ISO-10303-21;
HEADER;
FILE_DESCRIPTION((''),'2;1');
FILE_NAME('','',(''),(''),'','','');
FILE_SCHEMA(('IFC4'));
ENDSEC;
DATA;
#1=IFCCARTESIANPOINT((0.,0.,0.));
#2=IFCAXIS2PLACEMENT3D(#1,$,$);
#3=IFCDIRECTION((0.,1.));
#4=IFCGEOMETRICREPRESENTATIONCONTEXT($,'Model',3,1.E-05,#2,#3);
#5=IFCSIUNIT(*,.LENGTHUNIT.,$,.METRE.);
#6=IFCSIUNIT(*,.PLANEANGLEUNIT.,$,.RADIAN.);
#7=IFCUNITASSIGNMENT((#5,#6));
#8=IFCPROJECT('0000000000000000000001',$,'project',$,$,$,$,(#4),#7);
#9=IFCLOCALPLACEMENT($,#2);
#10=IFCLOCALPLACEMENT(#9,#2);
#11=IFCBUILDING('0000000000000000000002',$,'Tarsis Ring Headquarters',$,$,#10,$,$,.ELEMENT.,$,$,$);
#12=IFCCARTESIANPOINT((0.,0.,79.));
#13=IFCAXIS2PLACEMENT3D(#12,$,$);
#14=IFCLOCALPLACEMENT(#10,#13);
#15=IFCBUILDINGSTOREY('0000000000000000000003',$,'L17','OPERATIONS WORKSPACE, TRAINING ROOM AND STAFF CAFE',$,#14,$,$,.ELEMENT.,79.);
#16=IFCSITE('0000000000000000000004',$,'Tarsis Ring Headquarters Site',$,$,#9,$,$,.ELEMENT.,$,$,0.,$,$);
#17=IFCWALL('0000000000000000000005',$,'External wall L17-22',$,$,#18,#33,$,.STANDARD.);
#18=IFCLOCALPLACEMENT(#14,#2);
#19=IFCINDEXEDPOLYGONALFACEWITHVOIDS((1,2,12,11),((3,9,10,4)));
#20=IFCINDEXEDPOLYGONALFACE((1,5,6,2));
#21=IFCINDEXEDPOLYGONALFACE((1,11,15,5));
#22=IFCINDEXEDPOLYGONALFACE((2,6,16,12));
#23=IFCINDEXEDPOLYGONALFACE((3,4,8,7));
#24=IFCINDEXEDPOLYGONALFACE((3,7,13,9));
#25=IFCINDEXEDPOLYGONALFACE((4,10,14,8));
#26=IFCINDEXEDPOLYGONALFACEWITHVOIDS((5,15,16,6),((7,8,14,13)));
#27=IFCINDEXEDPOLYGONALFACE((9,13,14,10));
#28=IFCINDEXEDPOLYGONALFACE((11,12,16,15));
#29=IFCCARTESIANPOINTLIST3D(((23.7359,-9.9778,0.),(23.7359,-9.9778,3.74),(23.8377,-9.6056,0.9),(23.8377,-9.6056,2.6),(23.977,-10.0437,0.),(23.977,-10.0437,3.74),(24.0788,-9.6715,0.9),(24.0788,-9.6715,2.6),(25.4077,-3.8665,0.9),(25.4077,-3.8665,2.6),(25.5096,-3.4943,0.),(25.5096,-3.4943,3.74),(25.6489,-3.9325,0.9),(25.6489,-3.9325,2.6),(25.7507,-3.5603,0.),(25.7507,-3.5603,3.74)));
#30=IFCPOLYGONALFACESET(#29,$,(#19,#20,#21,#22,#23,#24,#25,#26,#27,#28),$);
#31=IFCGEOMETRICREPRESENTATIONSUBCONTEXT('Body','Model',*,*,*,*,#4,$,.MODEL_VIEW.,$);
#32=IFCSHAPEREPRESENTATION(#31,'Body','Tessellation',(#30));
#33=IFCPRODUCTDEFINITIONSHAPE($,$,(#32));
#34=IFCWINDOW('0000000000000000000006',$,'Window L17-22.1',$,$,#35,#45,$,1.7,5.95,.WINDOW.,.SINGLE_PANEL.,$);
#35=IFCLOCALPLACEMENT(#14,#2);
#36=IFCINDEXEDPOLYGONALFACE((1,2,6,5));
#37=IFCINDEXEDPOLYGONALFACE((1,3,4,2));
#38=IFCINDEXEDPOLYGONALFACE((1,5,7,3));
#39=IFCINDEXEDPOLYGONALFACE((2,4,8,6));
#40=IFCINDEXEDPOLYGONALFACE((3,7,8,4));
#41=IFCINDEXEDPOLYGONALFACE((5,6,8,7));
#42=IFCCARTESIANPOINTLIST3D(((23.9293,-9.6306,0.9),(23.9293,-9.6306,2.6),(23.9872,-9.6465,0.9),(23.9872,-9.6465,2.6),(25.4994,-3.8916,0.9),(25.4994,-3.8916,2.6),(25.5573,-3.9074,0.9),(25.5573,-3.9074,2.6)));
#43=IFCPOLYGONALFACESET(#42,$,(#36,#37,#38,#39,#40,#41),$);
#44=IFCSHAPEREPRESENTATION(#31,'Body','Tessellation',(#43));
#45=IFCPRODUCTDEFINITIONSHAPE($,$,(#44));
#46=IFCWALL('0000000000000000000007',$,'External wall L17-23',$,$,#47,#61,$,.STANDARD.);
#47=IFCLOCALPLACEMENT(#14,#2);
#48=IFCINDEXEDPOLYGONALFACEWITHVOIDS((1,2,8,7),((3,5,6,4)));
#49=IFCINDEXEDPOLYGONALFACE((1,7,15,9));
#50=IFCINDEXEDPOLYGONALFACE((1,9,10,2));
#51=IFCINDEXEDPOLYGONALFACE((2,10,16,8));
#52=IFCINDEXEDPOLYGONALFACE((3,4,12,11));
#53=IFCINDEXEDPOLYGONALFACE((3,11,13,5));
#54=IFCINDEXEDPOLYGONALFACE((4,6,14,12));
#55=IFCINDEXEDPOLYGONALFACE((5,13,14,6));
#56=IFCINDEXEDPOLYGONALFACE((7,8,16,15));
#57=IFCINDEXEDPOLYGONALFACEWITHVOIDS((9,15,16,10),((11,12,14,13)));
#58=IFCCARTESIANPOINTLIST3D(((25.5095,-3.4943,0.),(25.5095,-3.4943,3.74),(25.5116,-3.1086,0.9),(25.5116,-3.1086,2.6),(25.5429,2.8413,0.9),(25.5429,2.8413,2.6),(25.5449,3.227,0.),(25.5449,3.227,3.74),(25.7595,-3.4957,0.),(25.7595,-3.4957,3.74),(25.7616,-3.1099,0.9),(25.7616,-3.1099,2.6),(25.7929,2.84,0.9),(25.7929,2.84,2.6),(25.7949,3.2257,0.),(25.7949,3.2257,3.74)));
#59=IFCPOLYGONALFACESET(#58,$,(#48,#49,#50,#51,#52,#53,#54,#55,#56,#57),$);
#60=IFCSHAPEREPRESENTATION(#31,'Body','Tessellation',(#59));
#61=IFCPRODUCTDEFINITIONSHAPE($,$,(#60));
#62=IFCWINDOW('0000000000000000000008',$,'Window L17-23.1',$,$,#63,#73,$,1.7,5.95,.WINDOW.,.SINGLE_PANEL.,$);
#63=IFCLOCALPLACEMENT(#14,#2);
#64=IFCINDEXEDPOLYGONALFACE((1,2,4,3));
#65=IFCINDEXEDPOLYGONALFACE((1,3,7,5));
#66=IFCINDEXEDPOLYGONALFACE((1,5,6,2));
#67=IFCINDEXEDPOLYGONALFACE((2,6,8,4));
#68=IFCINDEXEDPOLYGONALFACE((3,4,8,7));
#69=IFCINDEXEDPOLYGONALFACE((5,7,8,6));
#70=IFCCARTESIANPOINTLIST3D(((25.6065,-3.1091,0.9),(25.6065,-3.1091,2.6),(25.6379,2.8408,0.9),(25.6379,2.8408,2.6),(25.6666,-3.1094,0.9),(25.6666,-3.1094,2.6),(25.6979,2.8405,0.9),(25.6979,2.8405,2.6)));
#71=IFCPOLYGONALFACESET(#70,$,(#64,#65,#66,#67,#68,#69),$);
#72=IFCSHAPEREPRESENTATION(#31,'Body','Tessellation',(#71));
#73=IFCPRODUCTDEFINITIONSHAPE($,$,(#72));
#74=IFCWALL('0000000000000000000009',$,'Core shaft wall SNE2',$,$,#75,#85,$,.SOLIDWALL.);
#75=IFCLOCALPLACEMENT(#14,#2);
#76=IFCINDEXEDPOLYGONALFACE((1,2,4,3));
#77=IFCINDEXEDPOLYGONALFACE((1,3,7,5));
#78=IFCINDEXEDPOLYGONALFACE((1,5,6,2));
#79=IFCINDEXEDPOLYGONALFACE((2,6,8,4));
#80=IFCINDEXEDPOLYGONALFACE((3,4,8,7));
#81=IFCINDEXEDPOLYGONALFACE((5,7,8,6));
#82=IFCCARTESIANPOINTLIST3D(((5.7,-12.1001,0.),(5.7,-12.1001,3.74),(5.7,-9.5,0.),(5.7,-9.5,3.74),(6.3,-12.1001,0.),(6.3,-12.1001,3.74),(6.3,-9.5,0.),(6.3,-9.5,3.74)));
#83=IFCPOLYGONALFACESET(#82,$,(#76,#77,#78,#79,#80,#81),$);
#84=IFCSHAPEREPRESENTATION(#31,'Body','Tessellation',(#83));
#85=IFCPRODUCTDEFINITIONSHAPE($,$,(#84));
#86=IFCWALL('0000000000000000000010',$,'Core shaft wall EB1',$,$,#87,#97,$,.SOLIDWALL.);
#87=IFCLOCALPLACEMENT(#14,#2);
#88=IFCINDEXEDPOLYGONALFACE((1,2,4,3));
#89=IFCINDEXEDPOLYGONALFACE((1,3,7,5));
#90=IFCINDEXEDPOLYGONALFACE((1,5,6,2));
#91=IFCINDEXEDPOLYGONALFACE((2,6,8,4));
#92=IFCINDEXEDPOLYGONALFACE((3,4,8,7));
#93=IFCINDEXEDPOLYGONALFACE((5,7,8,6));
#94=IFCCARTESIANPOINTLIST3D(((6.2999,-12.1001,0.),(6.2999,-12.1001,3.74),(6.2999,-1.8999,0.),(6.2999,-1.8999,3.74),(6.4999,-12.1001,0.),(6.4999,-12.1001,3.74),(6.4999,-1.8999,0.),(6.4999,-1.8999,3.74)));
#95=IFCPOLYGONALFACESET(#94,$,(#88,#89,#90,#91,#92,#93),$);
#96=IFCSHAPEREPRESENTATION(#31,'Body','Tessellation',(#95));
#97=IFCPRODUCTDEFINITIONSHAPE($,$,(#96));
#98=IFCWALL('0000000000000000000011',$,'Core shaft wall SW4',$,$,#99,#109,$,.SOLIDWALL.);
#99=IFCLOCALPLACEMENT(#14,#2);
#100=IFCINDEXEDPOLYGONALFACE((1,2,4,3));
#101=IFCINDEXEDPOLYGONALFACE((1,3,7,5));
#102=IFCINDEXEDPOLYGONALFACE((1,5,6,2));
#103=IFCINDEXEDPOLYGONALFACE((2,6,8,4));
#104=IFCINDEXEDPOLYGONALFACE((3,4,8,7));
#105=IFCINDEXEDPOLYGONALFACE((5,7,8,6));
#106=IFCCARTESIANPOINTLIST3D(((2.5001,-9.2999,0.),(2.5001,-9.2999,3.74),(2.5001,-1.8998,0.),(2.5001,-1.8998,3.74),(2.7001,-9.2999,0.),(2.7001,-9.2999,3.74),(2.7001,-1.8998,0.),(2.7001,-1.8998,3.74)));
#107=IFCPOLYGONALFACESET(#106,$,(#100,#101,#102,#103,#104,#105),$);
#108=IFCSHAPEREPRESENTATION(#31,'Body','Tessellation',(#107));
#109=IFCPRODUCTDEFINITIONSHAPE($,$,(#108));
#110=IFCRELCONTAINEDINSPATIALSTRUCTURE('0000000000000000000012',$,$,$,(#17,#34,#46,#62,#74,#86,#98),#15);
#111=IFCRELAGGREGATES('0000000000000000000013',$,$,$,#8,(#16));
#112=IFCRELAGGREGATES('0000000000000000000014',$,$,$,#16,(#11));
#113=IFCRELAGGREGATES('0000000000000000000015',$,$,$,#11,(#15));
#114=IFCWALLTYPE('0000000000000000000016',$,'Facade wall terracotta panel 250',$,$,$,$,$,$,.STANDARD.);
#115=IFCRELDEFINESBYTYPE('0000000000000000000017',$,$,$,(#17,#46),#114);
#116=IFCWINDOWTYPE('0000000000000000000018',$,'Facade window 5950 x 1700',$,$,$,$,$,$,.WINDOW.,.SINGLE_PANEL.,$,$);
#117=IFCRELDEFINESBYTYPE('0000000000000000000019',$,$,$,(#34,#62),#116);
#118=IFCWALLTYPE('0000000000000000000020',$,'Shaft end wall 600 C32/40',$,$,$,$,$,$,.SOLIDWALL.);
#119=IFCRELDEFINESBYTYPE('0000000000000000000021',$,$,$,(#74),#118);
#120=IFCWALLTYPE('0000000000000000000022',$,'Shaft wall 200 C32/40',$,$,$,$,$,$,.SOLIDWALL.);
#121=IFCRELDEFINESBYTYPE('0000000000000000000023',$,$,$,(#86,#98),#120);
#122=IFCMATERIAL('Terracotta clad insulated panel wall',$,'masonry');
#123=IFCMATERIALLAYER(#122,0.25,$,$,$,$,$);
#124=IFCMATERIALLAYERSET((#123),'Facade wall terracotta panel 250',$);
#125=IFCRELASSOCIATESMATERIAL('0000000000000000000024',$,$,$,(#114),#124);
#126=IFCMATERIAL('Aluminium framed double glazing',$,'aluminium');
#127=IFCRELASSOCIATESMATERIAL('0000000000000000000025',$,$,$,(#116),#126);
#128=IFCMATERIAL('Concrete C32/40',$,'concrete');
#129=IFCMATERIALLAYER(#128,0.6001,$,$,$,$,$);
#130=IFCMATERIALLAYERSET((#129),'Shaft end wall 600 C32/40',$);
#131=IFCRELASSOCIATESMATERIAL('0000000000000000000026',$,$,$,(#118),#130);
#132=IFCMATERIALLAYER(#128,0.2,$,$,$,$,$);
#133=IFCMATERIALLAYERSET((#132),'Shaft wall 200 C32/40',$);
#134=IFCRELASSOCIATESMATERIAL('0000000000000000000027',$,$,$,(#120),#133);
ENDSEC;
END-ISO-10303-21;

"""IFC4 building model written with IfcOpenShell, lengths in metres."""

from ifc_helpers import new_model, si_unit, direction, frame, frame_2d, origin, place, context, subcontext, project, spatial, rectangle, extrude, material, layer, layer_set, type_object, element, fill, save


model = new_model("IFC4")

# Units and contexts
model_context = context("Model", 3, precision=1e-05, world=origin(), true_north=direction((0.0, 1.0)))
body_context = subcontext(model_context, "Body", "Model", "MODEL_VIEW")
ifc_project = project(units=[si_unit("LENGTHUNIT", "METRE"), si_unit("PLANEANGLEUNIT", "RADIAN")], contexts=[model_context])

# Site, building, storey
site_placement = place(None, origin())
site = spatial("IfcSite", under=ifc_project, at=site_placement, Name="Tarsis Ring Headquarters Site", CompositionType="ELEMENT", RefElevation=0.0)
building_placement = place(site_placement, origin())
building = spatial("IfcBuilding", under=site, at=building_placement, Name="Tarsis Ring Headquarters", CompositionType="ELEMENT")
storey_placement = place(building_placement, frame((0.0, 0.0, 79.0)))
storey = spatial("IfcBuildingStorey", under=building, at=storey_placement, Name="L17", Description="OPERATIONS WORKSPACE, TRAINING ROOM AND STAFF CAFE", CompositionType="ELEMENT", Elevation=79.0)

# Walls, openings, windows
ifc_material_1 = material(Name="Terracotta clad insulated panel wall", Category="masonry")
ifc_layer_1 = layer(ifc_material_1, 0.25)
ifc_layer_set_1 = layer_set([ifc_layer_1], Name="Facade wall terracotta panel 250")
wall_type_1 = type_object("IfcWallType", Name="Facade wall terracotta panel 250", PredefinedType="STANDARD", material=ifc_layer_set_1)
wall_1_placement = place(storey_placement, frame((23.8564, -10.0107, 0.0), z_axis=(0.0, 0.0, 1.0), x_axis=(0.263876, 0.964556, 0.0)))
wall_1 = element("IfcWall", 1, at=wall_1_placement, inside=storey, type_object=wall_type_1, Name="External wall L17-22", PredefinedType="STANDARD", context=body_context, shape_type="SweptSolid", body=[
    extrude(rectangle(XDim=6.7217, YDim=0.25, at=frame_2d((3.3608, 0.0))), origin(), (0.0, 0.0, 1.0), 3.74),
])
opening_1_placement = place(wall_1_placement, frame((0.3857, 0.0, 0.8999)))
opening_1 = element("IfcOpeningElement", 2, at=opening_1_placement, cuts=wall_1, PredefinedType="OPENING", context=body_context, shape_type="SweptSolid", body=[
    extrude(rectangle(XDim=5.95, YDim=1.7, at=frame_2d((2.9751, 0.8501))), frame((0.0, 0.135, 0.0), z_axis=(0.0, -1.0, 0.0), x_axis=(1.0, 0.0, 0.0)), (0.0, 0.0, 1.0), 0.27),
])
ifc_material_2 = material(Name="Aluminium framed double glazing", Category="aluminium")
window_type = type_object("IfcWindowType", Name="Facade window 5950 x 1700", PartitioningType="SINGLE_PANEL", PredefinedType="WINDOW", material=ifc_material_2)
window_1_placement = place(opening_1_placement, origin())
window_1 = element("IfcWindow", 3, at=window_1_placement, inside=storey, type_object=window_type, Name="Window L17-22.1", OverallHeight=1.7, OverallWidth=5.95, PartitioningType="SINGLE_PANEL", PredefinedType="WINDOW", context=body_context, shape_type="SweptSolid", body=[
    extrude(rectangle(XDim=5.95, YDim=1.7, at=frame_2d((2.9751, 0.8501))), frame((0.0, 0.03, 0.0), z_axis=(0.0, -1.0, 0.0), x_axis=(1.0, 0.0, 0.0)), (0.0, 0.0, 1.0), 0.0601),
])
fill(opening_1, window_1)
wall_2_placement = place(storey_placement, frame((25.6345, -3.4951, 0.0), z_axis=(0.0, 0.0, 1.0), x_axis=(0.005267, 0.999986, 0.0)))
wall_2 = element("IfcWall", 4, at=wall_2_placement, inside=storey, type_object=wall_type_1, Name="External wall L17-23", PredefinedType="STANDARD", context=body_context, shape_type="SweptSolid", body=[
    extrude(rectangle(XDim=6.7214, YDim=0.25, at=frame_2d((3.3608, 0.0))), origin(), (0.0, 0.0, 1.0), 3.74),
])
opening_2_placement = place(wall_2_placement, frame((0.3857, 0.0, 0.8999)))
opening_2 = element("IfcOpeningElement", 5, at=opening_2_placement, cuts=wall_2, PredefinedType="OPENING", context=body_context, shape_type="SweptSolid", body=[
    extrude(rectangle(XDim=5.95, YDim=1.7, at=frame_2d((2.9751, 0.8501))), frame((0.0, 0.135, 0.0), z_axis=(0.0, -1.0, 0.0), x_axis=(1.0, 0.0, 0.0)), (0.0, 0.0, 1.0), 0.27),
])
window_2_placement = place(opening_2_placement, origin())
window_2 = element("IfcWindow", 6, at=window_2_placement, inside=storey, type_object=window_type, Name="Window L17-23.1", OverallHeight=1.7, OverallWidth=5.95, PartitioningType="SINGLE_PANEL", PredefinedType="WINDOW", context=body_context, shape_type="SweptSolid", body=[
    extrude(rectangle(XDim=5.95, YDim=1.7, at=frame_2d((2.9751, 0.8501))), frame((0.0, 0.03, 0.0), z_axis=(0.0, -1.0, 0.0), x_axis=(1.0, 0.0, 0.0)), (0.0, 0.0, 1.0), 0.0601),
])
fill(opening_2, window_2)

# Walls
ifc_material_3 = material(Name="Concrete C32/40", Category="concrete")
ifc_layer_2 = layer(ifc_material_3, 0.6001)
ifc_layer_set_2 = layer_set([ifc_layer_2], Name="Shaft end wall 600 C32/40")
wall_type_2 = type_object("IfcWallType", Name="Shaft end wall 600 C32/40", PredefinedType="SOLIDWALL", material=ifc_layer_set_2)
wall_3_placement = place(storey_placement, frame((6.0, -12.1001, 0.0), z_axis=(0.0, 0.0, 1.0), x_axis=(0.0, 1.0, 0.0)))
element("IfcWall", 7, at=wall_3_placement, inside=storey, type_object=wall_type_2, Name="Core shaft wall SNE2", PredefinedType="SOLIDWALL", context=body_context, shape_type="SweptSolid", body=[
    extrude(rectangle(XDim=2.6001, YDim=0.6001, at=frame_2d((1.3, 0.0))), origin(), (0.0, 0.0, 1.0), 3.74),
])
ifc_layer_3 = layer(ifc_material_3, 0.2)
ifc_layer_set_3 = layer_set([ifc_layer_3], Name="Shaft wall 200 C32/40")
wall_type_3 = type_object("IfcWallType", Name="Shaft wall 200 C32/40", PredefinedType="SOLIDWALL", material=ifc_layer_set_3)
wall_4_placement = place(storey_placement, frame((6.3999, -12.1001, 0.0), z_axis=(0.0, 0.0, 1.0), x_axis=(0.0, 1.0, 0.0)))
element("IfcWall", 8, at=wall_4_placement, inside=storey, type_object=wall_type_3, Name="Core shaft wall EB1", PredefinedType="SOLIDWALL", context=body_context, shape_type="SweptSolid", body=[
    extrude(rectangle(XDim=10.2002, YDim=0.2, at=frame_2d((5.1001, 0.0))), origin(), (0.0, 0.0, 1.0), 3.74),
])
wall_5_placement = place(storey_placement, frame((2.6001, -9.3, 0.0), z_axis=(0.0, 0.0, 1.0), x_axis=(0.0, 1.0, 0.0)))
element("IfcWall", 9, at=wall_5_placement, inside=storey, type_object=wall_type_3, Name="Core shaft wall SW4", PredefinedType="SOLIDWALL", context=body_context, shape_type="SweptSolid", body=[
    extrude(rectangle(XDim=7.4001, YDim=0.2, at=frame_2d((3.7002, 0.0))), origin(), (0.0, 0.0, 1.0), 3.74),
])

save(model, "model.ifc")
